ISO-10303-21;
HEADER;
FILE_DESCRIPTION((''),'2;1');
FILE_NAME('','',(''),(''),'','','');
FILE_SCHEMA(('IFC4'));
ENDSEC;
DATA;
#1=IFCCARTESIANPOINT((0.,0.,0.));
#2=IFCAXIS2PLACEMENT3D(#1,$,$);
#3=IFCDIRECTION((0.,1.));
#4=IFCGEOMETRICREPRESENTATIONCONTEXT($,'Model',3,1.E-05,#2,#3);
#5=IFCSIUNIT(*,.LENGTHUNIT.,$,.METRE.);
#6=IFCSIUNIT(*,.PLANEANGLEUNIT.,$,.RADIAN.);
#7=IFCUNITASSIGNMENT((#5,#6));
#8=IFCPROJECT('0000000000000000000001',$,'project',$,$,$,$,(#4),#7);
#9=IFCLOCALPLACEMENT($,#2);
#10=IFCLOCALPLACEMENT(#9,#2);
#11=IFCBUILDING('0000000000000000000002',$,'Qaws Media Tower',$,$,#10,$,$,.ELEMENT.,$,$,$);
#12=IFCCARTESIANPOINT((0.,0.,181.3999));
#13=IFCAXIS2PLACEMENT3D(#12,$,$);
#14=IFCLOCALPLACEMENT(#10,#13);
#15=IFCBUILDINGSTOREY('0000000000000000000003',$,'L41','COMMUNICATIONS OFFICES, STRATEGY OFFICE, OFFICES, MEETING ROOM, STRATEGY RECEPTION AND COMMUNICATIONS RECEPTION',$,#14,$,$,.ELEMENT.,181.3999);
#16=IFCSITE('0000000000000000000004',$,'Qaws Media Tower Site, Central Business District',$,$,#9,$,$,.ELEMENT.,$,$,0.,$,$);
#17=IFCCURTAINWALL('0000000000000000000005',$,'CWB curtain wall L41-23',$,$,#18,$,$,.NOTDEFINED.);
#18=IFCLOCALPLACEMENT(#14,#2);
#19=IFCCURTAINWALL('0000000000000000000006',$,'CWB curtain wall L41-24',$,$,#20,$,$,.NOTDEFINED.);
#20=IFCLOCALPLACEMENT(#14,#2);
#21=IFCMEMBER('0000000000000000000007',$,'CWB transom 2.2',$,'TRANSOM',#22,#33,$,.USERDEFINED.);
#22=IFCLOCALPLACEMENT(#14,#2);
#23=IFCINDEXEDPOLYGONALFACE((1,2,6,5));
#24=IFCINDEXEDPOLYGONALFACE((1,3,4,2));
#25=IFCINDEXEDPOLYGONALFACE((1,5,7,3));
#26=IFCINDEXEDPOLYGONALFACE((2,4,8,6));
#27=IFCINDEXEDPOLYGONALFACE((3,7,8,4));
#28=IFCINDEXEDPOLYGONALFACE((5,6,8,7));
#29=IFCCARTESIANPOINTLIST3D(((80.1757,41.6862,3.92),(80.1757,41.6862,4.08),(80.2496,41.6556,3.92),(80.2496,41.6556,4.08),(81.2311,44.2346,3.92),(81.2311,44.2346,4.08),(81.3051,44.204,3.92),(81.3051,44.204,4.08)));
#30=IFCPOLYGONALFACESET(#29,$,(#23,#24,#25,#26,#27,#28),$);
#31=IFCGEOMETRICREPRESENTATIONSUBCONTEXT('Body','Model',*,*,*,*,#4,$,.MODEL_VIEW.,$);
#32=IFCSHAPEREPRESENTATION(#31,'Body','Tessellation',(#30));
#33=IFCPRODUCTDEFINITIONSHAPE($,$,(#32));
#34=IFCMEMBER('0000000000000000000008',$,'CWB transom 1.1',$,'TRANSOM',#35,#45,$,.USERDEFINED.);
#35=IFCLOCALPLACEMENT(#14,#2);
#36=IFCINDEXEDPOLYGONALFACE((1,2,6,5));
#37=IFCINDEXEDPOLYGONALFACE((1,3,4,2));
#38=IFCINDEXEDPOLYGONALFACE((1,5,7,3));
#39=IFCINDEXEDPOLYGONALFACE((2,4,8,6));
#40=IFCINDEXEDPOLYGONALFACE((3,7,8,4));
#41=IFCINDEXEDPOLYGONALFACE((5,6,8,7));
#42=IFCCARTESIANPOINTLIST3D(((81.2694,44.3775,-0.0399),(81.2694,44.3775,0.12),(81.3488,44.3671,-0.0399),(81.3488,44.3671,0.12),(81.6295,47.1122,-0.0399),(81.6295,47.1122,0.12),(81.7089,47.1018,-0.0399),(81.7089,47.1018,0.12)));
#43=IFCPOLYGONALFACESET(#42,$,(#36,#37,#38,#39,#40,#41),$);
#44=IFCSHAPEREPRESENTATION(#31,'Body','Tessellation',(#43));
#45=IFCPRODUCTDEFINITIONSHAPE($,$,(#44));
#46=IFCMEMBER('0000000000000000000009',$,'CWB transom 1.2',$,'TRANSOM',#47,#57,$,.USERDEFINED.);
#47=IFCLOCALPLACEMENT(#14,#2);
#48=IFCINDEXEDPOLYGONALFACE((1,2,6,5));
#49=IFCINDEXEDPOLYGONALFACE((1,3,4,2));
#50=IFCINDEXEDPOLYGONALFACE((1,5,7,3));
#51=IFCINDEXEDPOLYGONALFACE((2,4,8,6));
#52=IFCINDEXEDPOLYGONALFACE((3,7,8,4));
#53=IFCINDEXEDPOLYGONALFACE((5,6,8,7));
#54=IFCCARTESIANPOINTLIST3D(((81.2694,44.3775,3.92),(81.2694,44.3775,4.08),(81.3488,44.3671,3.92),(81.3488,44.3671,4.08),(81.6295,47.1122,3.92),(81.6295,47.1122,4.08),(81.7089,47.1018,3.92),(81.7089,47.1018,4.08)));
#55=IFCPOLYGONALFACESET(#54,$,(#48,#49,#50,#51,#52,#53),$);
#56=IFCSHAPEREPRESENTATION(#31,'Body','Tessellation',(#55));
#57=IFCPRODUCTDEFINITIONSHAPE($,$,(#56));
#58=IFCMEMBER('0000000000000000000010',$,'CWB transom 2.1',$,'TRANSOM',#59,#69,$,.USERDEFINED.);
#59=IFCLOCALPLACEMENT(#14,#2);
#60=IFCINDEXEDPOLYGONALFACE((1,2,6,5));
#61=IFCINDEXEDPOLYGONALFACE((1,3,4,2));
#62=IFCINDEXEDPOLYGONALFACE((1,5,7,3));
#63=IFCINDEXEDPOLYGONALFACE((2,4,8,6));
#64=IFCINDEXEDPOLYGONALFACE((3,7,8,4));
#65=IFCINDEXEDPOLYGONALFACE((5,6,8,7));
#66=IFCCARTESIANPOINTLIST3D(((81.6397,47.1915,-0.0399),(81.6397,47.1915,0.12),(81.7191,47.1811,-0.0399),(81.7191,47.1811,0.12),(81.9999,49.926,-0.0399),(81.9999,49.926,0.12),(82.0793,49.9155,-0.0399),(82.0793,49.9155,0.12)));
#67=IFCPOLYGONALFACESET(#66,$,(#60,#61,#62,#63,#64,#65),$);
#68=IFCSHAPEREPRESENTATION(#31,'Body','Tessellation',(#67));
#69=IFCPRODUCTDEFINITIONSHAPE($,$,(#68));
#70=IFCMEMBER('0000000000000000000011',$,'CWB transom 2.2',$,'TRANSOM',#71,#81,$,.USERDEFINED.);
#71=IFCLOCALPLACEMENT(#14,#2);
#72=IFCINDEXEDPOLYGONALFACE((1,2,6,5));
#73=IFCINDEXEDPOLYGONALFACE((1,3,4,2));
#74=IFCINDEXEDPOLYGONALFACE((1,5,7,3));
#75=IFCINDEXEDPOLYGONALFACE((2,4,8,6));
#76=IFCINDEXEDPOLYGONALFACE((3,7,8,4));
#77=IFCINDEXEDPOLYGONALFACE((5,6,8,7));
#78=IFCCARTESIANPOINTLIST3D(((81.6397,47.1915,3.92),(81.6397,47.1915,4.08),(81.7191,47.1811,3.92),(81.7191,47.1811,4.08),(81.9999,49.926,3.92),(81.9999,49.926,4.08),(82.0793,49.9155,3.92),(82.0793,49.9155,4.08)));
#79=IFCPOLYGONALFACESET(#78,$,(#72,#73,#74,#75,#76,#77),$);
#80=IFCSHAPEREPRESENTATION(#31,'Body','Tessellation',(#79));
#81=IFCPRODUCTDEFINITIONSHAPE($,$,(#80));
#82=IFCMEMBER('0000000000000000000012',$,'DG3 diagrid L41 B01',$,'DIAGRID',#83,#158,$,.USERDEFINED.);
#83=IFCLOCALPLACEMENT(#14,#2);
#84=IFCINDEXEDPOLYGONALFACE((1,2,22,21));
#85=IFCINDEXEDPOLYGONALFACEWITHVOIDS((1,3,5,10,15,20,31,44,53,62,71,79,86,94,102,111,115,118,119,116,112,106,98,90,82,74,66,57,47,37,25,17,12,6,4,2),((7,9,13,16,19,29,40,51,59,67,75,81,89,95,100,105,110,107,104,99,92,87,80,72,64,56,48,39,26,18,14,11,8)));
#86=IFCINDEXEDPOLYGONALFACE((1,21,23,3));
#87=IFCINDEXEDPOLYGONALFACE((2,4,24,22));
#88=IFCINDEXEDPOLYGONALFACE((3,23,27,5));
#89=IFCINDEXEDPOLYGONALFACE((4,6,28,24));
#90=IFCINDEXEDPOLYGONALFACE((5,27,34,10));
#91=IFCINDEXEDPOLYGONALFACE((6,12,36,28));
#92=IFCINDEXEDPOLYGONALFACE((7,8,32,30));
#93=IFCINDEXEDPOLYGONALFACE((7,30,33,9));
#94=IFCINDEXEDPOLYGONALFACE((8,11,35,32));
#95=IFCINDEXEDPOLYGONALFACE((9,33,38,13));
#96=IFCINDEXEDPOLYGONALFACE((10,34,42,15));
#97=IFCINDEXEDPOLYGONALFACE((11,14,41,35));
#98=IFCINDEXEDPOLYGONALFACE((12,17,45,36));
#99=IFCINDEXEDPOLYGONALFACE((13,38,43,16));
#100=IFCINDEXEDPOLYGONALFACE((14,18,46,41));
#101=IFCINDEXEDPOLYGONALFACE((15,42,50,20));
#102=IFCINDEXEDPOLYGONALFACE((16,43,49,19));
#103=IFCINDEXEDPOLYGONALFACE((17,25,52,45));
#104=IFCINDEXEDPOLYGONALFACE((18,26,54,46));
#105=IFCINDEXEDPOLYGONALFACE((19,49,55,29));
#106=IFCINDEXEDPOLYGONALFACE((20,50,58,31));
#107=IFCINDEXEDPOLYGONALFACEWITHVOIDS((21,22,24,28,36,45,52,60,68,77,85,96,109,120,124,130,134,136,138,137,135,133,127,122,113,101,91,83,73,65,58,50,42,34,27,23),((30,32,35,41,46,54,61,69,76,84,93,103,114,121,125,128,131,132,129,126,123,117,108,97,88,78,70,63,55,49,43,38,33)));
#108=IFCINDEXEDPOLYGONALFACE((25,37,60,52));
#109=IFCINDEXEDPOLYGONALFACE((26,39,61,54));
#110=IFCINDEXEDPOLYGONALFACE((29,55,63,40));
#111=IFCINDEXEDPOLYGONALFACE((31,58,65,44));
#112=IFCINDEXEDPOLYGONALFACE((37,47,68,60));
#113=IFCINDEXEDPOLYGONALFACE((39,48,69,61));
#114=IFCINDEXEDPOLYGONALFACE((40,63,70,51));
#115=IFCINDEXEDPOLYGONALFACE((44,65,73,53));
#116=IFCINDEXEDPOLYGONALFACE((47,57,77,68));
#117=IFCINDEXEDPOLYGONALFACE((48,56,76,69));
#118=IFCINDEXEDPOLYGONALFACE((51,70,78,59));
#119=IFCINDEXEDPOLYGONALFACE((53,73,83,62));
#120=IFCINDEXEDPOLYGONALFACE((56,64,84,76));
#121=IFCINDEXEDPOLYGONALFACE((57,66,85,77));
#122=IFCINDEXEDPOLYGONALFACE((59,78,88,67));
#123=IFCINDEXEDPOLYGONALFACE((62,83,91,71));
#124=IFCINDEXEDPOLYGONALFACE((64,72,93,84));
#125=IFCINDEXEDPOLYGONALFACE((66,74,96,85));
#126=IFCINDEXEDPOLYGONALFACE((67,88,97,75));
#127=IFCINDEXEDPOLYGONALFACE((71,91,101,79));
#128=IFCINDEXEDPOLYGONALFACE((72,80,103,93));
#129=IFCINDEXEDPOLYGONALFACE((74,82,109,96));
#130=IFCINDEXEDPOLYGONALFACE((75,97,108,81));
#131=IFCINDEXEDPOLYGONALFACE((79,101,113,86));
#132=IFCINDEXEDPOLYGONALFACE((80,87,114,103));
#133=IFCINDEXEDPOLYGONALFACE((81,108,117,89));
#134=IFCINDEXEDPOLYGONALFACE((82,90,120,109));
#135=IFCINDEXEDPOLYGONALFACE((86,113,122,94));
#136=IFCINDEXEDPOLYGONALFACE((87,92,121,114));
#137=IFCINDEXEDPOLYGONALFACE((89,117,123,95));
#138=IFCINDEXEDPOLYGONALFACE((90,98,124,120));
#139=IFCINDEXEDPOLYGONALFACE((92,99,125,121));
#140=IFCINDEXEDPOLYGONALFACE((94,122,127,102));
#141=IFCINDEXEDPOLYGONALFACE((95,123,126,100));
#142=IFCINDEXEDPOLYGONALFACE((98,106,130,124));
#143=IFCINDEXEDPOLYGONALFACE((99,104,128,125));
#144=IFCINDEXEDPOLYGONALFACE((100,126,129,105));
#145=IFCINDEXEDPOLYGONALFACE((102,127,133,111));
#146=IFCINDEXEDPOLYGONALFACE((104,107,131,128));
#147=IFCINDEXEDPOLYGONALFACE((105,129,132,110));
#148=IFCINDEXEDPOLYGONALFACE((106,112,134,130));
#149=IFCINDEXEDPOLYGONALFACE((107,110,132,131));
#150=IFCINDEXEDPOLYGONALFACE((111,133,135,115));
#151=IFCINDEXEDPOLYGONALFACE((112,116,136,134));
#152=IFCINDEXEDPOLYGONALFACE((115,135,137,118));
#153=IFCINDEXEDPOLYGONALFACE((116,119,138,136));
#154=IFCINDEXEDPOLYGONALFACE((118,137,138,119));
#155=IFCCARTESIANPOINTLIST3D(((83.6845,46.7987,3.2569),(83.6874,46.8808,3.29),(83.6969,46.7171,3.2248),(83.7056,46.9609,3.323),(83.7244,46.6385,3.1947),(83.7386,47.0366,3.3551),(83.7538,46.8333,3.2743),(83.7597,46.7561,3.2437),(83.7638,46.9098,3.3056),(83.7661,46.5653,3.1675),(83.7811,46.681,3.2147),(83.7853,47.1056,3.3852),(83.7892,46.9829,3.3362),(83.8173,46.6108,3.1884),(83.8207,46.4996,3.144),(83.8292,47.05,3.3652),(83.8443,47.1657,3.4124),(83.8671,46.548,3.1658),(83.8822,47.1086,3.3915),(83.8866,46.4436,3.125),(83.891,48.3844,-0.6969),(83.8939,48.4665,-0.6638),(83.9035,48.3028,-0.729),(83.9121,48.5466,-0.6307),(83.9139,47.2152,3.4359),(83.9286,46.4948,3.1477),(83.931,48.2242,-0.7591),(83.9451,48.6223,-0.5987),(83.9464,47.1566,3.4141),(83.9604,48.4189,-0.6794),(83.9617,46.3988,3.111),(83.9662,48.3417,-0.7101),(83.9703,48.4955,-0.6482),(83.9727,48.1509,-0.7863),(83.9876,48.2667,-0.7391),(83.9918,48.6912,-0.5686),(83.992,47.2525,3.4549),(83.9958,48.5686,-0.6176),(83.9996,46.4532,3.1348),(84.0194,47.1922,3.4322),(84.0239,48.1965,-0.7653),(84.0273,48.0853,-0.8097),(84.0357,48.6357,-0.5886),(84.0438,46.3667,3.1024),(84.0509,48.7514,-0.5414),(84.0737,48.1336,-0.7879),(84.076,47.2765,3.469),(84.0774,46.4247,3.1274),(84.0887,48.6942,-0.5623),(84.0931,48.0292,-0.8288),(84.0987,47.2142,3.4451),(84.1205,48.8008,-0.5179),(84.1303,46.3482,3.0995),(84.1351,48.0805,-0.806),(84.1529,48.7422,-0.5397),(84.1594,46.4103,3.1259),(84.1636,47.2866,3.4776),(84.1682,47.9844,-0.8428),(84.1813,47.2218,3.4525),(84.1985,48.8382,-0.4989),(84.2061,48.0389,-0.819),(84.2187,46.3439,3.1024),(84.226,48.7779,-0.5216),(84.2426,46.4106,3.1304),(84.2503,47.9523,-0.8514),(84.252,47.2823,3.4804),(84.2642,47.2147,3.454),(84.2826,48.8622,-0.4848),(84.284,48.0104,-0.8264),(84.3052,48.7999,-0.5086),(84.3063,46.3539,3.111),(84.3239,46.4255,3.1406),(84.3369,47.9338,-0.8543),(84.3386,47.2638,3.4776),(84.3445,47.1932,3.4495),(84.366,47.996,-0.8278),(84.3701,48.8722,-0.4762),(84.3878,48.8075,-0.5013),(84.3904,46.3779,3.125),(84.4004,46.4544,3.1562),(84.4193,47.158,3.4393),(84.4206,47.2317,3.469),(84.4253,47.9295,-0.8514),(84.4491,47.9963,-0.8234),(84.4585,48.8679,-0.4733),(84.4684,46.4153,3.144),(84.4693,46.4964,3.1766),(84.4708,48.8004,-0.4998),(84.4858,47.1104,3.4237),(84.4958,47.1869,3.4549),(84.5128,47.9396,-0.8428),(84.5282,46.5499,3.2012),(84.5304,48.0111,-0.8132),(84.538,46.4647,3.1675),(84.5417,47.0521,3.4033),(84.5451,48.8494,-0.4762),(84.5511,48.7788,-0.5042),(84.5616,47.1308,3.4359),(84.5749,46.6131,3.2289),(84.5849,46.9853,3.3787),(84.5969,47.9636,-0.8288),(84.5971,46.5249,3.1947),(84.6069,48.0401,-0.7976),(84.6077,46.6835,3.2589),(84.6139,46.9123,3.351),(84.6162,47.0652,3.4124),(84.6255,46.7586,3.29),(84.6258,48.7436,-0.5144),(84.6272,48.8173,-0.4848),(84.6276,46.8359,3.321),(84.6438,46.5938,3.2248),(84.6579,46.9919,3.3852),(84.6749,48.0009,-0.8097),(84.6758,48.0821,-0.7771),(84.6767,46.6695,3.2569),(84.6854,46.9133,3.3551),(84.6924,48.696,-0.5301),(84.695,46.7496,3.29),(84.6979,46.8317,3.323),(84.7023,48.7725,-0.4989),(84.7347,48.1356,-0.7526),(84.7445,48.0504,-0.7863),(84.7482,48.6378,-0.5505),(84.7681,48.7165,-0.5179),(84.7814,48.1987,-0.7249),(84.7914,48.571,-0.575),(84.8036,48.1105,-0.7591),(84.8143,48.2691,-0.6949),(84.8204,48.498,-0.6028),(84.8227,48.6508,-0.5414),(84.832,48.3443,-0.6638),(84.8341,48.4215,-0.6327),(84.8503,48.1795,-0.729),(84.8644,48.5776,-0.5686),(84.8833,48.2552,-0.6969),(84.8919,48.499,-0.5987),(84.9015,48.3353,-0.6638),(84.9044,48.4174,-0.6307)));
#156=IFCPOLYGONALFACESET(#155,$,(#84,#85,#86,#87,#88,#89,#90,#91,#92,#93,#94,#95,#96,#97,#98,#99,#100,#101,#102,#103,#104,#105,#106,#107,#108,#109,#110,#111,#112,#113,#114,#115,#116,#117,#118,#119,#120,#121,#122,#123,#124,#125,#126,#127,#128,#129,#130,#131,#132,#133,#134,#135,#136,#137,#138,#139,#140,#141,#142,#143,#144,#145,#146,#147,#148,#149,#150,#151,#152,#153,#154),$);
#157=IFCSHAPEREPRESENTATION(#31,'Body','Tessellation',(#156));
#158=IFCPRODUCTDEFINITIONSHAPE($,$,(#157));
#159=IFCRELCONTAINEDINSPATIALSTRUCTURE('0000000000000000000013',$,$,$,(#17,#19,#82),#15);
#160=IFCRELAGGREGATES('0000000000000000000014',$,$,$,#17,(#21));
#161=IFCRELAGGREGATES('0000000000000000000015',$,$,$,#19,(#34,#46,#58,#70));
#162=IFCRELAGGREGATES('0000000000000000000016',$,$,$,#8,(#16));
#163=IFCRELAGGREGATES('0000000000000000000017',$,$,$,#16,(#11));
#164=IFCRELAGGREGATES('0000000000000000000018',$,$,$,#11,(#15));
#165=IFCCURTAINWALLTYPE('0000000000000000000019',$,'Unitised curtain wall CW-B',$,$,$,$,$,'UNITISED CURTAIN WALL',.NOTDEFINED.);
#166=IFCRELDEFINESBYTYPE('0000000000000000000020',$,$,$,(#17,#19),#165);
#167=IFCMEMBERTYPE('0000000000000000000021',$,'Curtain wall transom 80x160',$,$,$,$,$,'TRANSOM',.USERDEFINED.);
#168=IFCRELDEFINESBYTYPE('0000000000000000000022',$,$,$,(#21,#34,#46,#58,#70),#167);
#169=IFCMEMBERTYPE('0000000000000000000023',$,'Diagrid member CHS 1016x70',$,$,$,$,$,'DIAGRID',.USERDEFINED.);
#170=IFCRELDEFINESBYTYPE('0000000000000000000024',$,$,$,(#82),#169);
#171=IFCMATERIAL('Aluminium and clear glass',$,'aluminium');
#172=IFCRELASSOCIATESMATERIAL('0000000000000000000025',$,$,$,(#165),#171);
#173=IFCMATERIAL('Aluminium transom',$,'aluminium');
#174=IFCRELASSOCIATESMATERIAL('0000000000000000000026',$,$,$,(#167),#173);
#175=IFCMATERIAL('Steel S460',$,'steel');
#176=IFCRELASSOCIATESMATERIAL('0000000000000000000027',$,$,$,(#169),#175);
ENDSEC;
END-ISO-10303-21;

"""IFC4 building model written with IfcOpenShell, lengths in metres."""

from ifc_helpers import new_model, si_unit, direction, frame, origin, origin_2d, place, context, subcontext, project, spatial, rectangle, hollow_circle, extrude, material, material_profile, profile_set, type_object, element, aggregate, save


model = new_model("IFC4")

# Units and contexts
model_context = context("Model", 3, precision=1e-05, world=origin(), true_north=direction((0.0, 1.0)))
body_context = subcontext(model_context, "Body", "Model", "MODEL_VIEW")
ifc_project = project(units=[si_unit("LENGTHUNIT", "METRE"), si_unit("PLANEANGLEUNIT", "RADIAN")], contexts=[model_context])

# Site, building, storey
site_placement = place(None, origin())
site = spatial("IfcSite", under=ifc_project, at=site_placement, Name="Qaws Media Tower Site, Central Business District", CompositionType="ELEMENT", RefElevation=0.0)
building_placement = place(site_placement, origin())
building = spatial("IfcBuilding", under=site, at=building_placement, Name="Qaws Media Tower", CompositionType="ELEMENT")
storey_placement = place(building_placement, frame((0.0, 0.0, 181.3999)))
storey = spatial("IfcBuildingStorey", under=building, at=storey_placement, Name="L41", Description="COMMUNICATIONS OFFICES, STRATEGY OFFICE, OFFICES, MEETING ROOM, STRATEGY RECEPTION AND COMMUNICATIONS RECEPTION", CompositionType="ELEMENT", Elevation=181.3999)

# Curtain walls
ifc_material_1 = material(Name="Aluminium and clear glass", Category="aluminium")
curtain_wall_type = type_object("IfcCurtainWallType", Name="Unitised curtain wall CW-B", ElementType="UNITISED CURTAIN WALL", PredefinedType="NOTDEFINED", material=ifc_material_1)
curtain_wall_1_placement = place(storey_placement, origin())
curtain_wall_1 = element("IfcCurtainWall", 1, at=curtain_wall_1_placement, inside=storey, type_object=curtain_wall_type, Name="CWB curtain wall L41-23", PredefinedType="NOTDEFINED")
curtain_wall_2_placement = place(storey_placement, origin())
curtain_wall_2 = element("IfcCurtainWall", 2, at=curtain_wall_2_placement, inside=storey, type_object=curtain_wall_type, Name="CWB curtain wall L41-24", PredefinedType="NOTDEFINED")

# Members
ifc_material_2 = material(Name="Aluminium transom", Category="aluminium")
ifc_material_profile_1 = material_profile(ifc_material_2, rectangle(XDim=0.0801, YDim=0.1599, at=origin_2d()), Name="80x160")
ifc_profile_set_1 = profile_set([ifc_material_profile_1], Name="Aluminium transom")
member_type_1 = type_object("IfcMemberType", Name="Curtain wall transom 80x160", ElementType="TRANSOM", PredefinedType="USERDEFINED", material=ifc_profile_set_1)
member_1_placement = place(storey_placement, frame((80.2126, 41.6709, 4.0), z_axis=(0.382641, 0.923897, 0.0), x_axis=(-0.923897, 0.382641, 0.0)))
member_1 = element("IfcMember", 3, at=member_1_placement, type_object=member_type_1, Name="CWB transom 2.2", ObjectType="TRANSOM", PredefinedType="USERDEFINED", context=body_context, shape_type="SweptSolid", body=[
    extrude(rectangle(XDim=0.0801, YDim=0.1599, at=origin_2d()), origin(), (0.0, 0.0, 1.0), 2.7583),
])
member_2_placement = place(storey_placement, frame((81.3091, 44.3723, 0.04), z_axis=(0.130558, 0.991441, 0.0), x_axis=(-0.991441, 0.130558, 0.0)))
member_2 = element("IfcMember", 4, at=member_2_placement, type_object=member_type_1, Name="CWB transom 1.1", ObjectType="TRANSOM", PredefinedType="USERDEFINED", context=body_context, shape_type="SweptSolid", body=[
    extrude(rectangle(XDim=0.0801, YDim=0.1599, at=origin_2d()), origin(), (0.0, 0.0, 1.0), 2.7583),
])
member_3_placement = place(storey_placement, frame((81.3091, 44.3723, 4.0), z_axis=(0.130558, 0.991441, 0.0), x_axis=(-0.991441, 0.130558, 0.0)))
member_3 = element("IfcMember", 5, at=member_3_placement, type_object=member_type_1, Name="CWB transom 1.2", ObjectType="TRANSOM", PredefinedType="USERDEFINED", context=body_context, shape_type="SweptSolid", body=[
    extrude(rectangle(XDim=0.0801, YDim=0.1599, at=origin_2d()), origin(), (0.0, 0.0, 1.0), 2.7583),
])
member_4_placement = place(storey_placement, frame((81.6794, 47.1863, 0.04), z_axis=(0.130569, 0.991439, 0.0), x_axis=(-0.991439, 0.130569, 0.0)))
member_4 = element("IfcMember", 6, at=member_4_placement, type_object=member_type_1, Name="CWB transom 2.1", ObjectType="TRANSOM", PredefinedType="USERDEFINED", context=body_context, shape_type="SweptSolid", body=[
    extrude(rectangle(XDim=0.0801, YDim=0.1599, at=origin_2d()), origin(), (0.0, 0.0, 1.0), 2.7581),
])
member_5_placement = place(storey_placement, frame((81.6794, 47.1863, 4.0), z_axis=(0.130569, 0.991439, 0.0), x_axis=(-0.991439, 0.130569, 0.0)))
member_5 = element("IfcMember", 7, at=member_5_placement, type_object=member_type_1, Name="CWB transom 2.2", ObjectType="TRANSOM", PredefinedType="USERDEFINED", context=body_context, shape_type="SweptSolid", body=[
    extrude(rectangle(XDim=0.0801, YDim=0.1599, at=origin_2d()), origin(), (0.0, 0.0, 1.0), 2.7581),
])

# Member
ifc_material_3 = material(Name="Steel S460", Category="steel")
ifc_material_profile_2 = material_profile(ifc_material_3, hollow_circle(Radius=0.5081, WallThickness=0.0701, at=origin_2d()), Name="CHS 1016x70")
ifc_profile_set_2 = profile_set([ifc_material_profile_2], Name="Steel S460")
member_type_2 = type_object("IfcMemberType", Name="Diagrid member CHS 1016x70", ElementType="DIAGRID", PredefinedType="USERDEFINED", material=ifc_profile_set_2)
member_6_placement = place(storey_placement, frame((84.3977, 48.4009, -0.6638), z_axis=(-0.048428, -0.371794, 0.927051), x_axis=(0.991623, -0.129163, 0.0)))
element("IfcMember", 8, at=member_6_placement, inside=storey, type_object=member_type_2, Name="DG3 diagrid L41 B01", ObjectType="DIAGRID", PredefinedType="USERDEFINED", context=body_context, shape_type="SweptSolid", body=[
    extrude(hollow_circle(Radius=0.5081, WallThickness=0.0701, at=origin_2d()), origin(), (0.0, 0.0, 1.0), 4.2649),
])

aggregate(curtain_wall_1, [member_1])
aggregate(curtain_wall_2, [member_2, member_3, member_4, member_5])

save(model, "model.ifc")
